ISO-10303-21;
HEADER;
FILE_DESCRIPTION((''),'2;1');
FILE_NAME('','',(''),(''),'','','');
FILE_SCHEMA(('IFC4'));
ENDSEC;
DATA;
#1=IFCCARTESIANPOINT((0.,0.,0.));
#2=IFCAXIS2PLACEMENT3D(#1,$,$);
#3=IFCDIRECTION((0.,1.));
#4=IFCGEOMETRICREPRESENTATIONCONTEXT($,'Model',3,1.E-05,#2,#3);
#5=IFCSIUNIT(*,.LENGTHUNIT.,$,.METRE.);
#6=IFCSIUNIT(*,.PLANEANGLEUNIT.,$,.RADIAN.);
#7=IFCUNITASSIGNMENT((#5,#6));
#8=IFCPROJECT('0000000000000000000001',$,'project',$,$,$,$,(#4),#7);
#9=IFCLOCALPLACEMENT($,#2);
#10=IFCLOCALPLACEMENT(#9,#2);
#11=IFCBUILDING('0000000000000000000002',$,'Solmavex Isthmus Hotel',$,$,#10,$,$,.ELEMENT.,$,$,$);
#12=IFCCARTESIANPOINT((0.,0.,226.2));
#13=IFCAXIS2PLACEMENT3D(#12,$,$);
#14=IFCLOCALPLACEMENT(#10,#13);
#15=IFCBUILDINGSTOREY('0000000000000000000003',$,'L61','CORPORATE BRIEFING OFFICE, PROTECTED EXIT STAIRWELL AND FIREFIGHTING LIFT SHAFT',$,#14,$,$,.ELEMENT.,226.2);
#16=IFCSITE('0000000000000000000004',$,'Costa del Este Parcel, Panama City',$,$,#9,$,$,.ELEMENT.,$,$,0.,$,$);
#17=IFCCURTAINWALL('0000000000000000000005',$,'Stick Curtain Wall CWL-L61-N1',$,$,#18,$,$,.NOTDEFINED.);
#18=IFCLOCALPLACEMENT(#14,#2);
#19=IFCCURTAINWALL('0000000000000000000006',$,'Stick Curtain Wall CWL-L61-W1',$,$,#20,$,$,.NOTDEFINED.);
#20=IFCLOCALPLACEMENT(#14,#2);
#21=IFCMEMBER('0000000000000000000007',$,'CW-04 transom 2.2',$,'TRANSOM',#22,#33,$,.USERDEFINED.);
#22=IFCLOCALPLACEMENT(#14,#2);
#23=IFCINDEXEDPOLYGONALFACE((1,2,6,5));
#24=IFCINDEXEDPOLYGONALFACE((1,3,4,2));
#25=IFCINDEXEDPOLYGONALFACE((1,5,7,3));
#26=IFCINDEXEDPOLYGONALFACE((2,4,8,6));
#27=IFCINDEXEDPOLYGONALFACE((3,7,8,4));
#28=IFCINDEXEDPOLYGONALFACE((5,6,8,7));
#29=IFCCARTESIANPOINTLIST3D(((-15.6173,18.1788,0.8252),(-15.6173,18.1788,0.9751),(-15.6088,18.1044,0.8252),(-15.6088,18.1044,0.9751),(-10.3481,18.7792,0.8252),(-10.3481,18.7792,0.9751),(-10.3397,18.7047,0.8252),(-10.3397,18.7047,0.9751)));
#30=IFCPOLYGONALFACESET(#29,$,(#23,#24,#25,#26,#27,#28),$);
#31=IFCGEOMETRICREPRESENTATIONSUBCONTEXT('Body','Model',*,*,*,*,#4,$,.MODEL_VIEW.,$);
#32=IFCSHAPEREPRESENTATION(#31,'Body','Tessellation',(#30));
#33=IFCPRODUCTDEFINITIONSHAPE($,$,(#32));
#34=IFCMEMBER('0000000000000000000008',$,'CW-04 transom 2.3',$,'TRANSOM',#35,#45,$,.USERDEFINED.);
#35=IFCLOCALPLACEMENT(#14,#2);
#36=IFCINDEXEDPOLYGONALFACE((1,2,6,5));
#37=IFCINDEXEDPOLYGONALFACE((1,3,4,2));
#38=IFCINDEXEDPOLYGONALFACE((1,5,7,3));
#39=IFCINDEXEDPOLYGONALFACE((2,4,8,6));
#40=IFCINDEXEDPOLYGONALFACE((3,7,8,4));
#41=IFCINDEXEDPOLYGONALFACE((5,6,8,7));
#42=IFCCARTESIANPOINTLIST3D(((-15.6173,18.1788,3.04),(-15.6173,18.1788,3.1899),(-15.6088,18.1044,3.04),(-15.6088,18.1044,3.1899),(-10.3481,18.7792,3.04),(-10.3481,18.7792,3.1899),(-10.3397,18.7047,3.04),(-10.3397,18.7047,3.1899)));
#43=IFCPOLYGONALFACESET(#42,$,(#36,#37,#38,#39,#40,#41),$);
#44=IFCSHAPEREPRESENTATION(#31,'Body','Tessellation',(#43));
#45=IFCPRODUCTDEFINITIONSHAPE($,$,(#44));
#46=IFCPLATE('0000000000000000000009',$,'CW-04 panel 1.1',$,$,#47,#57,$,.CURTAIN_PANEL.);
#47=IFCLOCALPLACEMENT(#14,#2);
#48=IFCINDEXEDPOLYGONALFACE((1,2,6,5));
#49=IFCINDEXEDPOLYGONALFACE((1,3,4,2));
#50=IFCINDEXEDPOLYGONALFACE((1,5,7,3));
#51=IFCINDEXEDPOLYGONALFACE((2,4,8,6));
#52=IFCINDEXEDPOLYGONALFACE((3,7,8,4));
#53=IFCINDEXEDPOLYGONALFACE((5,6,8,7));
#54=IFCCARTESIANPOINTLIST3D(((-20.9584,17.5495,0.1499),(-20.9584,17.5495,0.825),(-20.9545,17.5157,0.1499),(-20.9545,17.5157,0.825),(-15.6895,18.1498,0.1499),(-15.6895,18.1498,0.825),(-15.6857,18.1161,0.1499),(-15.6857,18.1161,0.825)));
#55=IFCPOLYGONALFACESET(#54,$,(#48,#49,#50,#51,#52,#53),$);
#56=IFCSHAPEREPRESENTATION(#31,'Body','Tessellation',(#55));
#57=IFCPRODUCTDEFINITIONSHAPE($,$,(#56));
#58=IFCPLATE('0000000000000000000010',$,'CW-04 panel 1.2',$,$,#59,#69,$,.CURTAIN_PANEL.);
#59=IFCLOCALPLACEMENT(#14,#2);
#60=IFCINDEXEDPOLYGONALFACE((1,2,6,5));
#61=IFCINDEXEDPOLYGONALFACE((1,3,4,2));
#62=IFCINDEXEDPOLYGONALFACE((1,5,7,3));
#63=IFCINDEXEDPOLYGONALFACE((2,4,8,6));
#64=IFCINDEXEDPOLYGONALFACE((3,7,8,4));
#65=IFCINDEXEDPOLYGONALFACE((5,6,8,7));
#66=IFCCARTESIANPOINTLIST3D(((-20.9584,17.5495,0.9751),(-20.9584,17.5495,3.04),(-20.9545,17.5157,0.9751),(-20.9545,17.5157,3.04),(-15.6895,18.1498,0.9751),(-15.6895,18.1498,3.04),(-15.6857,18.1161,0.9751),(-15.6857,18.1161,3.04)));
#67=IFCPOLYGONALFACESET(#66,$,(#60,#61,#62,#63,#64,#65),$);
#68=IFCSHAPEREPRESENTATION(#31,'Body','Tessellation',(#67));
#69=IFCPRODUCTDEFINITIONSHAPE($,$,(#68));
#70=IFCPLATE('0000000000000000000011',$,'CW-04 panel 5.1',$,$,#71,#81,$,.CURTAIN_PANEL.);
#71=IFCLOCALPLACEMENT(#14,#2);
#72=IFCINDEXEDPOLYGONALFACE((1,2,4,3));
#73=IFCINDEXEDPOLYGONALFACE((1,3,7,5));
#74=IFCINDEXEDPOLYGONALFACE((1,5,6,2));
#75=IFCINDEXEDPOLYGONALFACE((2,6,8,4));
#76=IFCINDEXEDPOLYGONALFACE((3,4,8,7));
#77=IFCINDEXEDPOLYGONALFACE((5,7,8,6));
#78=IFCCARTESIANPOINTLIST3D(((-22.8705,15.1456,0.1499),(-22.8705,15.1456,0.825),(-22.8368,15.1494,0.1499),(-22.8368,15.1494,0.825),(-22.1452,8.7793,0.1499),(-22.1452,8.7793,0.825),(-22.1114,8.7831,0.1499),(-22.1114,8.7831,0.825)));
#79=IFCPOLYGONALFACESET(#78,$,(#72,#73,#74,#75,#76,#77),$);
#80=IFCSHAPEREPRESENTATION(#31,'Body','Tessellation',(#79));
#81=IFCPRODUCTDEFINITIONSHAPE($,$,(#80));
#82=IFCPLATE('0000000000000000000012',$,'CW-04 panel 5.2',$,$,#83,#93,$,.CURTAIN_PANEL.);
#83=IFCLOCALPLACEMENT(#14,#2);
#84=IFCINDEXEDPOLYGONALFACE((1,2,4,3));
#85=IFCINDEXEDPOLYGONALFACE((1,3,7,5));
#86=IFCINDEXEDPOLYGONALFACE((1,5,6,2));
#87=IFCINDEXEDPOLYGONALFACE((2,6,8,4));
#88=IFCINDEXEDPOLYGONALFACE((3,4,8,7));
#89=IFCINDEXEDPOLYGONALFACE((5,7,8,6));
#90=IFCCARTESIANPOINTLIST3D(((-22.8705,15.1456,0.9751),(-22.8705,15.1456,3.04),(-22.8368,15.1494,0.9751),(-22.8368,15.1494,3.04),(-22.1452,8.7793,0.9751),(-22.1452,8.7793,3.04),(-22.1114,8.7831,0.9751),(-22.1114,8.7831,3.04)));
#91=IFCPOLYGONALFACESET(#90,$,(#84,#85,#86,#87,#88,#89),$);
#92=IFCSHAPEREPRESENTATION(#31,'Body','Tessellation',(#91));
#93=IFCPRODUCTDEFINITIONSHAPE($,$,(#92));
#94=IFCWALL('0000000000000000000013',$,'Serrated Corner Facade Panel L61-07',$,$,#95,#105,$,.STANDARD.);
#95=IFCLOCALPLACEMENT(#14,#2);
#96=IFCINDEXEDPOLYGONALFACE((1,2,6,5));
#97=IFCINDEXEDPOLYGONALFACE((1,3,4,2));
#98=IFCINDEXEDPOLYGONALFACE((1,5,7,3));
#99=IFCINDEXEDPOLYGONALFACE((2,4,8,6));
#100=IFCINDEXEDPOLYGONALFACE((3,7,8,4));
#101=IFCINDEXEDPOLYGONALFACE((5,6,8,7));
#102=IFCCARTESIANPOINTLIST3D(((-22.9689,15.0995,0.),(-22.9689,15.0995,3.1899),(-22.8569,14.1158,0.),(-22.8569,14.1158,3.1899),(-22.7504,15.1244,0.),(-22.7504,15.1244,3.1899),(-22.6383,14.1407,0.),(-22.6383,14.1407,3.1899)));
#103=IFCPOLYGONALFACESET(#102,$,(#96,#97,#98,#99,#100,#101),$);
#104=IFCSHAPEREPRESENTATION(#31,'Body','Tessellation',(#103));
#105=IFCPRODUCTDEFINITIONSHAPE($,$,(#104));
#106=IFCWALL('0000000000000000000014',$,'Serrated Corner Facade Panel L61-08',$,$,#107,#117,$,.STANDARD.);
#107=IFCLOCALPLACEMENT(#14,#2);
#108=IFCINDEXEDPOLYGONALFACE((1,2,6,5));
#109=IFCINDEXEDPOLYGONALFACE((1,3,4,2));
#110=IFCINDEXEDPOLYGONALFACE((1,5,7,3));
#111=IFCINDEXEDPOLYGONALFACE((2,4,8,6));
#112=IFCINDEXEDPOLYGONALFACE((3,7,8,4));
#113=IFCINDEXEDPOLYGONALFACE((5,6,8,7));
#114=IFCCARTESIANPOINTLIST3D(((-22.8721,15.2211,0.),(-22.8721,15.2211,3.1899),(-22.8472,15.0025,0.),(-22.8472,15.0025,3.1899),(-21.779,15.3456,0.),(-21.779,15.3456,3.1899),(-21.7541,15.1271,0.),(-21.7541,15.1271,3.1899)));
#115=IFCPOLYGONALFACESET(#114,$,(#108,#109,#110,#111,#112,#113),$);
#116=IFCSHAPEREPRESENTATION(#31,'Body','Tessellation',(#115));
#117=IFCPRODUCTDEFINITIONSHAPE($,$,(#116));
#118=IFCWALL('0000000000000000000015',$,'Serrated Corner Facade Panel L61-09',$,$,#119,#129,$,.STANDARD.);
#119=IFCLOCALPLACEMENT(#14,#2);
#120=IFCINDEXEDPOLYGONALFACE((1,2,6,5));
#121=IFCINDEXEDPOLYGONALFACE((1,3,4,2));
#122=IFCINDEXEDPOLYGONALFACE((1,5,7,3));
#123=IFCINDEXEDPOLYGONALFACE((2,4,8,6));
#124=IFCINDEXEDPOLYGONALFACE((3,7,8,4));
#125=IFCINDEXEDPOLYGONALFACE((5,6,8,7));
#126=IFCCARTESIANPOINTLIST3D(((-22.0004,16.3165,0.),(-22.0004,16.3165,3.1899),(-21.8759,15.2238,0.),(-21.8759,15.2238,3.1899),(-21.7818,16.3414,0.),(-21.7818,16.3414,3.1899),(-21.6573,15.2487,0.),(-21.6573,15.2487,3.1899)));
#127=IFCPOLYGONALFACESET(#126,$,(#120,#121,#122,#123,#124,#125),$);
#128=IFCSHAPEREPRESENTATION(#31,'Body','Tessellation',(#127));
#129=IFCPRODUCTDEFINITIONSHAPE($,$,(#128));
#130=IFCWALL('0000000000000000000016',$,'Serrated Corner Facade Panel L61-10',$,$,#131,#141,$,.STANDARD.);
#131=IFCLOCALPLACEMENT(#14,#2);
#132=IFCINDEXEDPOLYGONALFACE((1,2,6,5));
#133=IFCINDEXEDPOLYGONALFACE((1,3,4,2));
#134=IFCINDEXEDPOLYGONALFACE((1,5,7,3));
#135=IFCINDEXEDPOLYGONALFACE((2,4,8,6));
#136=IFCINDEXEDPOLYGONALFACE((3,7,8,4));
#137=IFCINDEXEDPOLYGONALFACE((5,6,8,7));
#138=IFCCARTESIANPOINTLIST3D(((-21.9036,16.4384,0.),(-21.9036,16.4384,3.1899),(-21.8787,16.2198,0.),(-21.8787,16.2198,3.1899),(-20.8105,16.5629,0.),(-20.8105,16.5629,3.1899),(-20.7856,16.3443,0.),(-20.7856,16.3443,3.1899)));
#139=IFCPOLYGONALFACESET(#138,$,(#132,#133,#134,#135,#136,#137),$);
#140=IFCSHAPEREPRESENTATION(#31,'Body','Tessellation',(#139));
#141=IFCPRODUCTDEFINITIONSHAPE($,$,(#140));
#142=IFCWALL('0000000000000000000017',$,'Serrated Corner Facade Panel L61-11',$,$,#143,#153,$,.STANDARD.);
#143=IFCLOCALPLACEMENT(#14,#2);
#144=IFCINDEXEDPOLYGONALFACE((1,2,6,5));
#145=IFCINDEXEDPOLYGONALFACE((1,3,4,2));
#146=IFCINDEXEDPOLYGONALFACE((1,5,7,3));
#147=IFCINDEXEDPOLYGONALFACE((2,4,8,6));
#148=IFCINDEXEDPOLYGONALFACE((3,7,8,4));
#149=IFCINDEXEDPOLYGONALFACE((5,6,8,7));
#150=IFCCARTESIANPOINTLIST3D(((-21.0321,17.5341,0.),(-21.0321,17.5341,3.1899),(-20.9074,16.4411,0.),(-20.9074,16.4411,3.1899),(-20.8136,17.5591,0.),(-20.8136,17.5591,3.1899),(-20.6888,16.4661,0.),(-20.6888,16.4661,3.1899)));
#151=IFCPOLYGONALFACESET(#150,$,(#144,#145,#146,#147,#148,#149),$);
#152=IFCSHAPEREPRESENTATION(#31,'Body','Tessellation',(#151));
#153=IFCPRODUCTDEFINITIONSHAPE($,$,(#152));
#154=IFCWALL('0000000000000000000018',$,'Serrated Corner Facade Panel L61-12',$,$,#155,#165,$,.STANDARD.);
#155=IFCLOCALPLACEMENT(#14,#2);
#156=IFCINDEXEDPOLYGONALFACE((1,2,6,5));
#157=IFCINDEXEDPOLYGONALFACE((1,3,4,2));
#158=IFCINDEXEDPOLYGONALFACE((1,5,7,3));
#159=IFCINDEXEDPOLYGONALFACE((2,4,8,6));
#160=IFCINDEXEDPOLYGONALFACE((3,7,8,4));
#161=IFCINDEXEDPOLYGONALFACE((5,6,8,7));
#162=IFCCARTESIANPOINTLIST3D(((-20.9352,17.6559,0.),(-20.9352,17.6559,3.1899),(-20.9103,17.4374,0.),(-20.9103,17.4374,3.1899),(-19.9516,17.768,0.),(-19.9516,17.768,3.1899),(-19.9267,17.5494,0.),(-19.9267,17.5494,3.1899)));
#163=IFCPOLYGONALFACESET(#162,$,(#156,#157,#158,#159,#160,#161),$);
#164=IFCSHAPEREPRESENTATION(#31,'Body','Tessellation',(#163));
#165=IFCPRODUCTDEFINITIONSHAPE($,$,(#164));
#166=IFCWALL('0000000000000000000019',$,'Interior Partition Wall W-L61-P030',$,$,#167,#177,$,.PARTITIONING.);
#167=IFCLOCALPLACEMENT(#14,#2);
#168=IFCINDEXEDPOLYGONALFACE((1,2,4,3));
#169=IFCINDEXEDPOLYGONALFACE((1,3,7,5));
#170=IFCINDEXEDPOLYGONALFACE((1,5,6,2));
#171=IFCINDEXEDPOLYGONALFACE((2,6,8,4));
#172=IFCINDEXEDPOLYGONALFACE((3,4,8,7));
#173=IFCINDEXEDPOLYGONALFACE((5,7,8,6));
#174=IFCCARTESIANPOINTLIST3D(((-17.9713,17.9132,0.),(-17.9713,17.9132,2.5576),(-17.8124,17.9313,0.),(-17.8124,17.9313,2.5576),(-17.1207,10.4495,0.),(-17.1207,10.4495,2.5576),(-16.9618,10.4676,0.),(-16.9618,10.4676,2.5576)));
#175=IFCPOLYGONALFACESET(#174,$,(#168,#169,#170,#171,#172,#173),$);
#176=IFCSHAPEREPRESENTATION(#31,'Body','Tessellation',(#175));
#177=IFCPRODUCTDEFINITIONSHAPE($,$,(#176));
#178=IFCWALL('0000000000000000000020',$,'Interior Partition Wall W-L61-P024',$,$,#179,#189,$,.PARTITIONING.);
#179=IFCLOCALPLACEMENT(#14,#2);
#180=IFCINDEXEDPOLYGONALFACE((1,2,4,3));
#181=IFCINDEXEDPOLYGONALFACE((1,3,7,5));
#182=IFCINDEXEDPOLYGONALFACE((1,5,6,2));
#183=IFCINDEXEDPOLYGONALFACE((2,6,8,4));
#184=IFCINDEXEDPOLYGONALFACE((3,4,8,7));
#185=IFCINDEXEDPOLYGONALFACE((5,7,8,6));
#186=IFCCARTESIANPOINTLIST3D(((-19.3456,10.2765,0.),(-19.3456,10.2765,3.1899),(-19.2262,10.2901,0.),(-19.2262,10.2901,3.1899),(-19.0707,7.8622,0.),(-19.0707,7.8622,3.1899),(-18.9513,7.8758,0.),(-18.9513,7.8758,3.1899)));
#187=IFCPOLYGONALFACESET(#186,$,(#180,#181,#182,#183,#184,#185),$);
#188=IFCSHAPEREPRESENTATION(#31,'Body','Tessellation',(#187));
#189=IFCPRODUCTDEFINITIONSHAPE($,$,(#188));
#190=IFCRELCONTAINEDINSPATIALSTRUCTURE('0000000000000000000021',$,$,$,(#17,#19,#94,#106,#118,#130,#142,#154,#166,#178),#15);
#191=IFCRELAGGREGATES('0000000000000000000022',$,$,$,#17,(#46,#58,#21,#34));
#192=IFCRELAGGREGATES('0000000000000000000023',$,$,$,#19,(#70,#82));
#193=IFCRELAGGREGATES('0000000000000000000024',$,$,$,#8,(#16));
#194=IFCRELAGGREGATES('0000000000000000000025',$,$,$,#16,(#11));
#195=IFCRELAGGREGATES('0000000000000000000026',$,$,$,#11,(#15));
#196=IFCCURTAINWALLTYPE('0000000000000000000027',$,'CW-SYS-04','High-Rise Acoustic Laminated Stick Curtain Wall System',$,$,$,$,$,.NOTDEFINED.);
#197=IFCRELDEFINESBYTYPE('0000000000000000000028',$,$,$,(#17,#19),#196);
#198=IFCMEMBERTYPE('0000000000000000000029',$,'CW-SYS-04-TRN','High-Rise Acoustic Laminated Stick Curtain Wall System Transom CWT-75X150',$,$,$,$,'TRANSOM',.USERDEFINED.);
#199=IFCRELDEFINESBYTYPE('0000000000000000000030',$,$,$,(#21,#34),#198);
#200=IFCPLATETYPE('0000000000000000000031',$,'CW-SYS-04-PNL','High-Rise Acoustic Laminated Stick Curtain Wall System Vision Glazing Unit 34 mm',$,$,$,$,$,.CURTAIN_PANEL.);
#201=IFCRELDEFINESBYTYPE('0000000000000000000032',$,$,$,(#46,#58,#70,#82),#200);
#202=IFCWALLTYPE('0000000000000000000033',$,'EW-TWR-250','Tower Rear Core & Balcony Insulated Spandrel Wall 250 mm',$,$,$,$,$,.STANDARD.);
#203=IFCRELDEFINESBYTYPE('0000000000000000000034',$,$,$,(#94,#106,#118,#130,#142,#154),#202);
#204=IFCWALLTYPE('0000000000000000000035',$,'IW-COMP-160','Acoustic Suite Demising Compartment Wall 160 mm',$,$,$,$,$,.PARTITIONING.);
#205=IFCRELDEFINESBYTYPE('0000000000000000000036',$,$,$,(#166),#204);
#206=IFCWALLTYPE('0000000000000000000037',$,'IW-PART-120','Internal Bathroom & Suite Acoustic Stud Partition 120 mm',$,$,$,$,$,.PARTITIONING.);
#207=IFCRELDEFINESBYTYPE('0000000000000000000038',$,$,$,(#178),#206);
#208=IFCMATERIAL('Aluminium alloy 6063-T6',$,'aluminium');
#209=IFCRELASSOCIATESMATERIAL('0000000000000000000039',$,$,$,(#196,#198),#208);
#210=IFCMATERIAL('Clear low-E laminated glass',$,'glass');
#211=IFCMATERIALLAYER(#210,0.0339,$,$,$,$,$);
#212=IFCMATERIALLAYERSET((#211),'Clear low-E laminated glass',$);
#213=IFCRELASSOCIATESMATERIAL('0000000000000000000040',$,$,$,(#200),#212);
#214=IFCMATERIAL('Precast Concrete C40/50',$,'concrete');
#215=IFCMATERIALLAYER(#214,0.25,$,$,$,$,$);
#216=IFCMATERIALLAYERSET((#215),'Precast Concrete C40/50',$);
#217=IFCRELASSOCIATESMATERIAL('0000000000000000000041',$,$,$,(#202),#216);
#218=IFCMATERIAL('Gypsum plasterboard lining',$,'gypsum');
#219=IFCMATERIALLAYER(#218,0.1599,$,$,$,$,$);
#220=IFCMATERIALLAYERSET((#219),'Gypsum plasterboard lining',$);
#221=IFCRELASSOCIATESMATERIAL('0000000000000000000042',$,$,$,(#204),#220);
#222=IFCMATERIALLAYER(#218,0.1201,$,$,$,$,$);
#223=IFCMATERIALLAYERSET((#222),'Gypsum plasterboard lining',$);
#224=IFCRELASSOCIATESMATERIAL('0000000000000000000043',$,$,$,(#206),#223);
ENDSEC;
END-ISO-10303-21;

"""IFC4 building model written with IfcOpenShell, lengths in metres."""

from ifc_helpers import new_model, si_unit, direction, frame, frame_2d, origin, origin_2d, place, context, subcontext, project, spatial, rectangle, extrude, material, layer, layer_set, material_profile, profile_set, type_object, element, aggregate, save


model = new_model("IFC4")

# Units and contexts
model_context = context("Model", 3, precision=1e-05, world=origin(), true_north=direction((0.0, 1.0)))
body_context = subcontext(model_context, "Body", "Model", "MODEL_VIEW")
ifc_project = project(units=[si_unit("LENGTHUNIT", "METRE"), si_unit("PLANEANGLEUNIT", "RADIAN")], contexts=[model_context])

# Site, building, storey
site_placement = place(None, origin())
site = spatial("IfcSite", under=ifc_project, at=site_placement, Name="Costa del Este Parcel, Panama City", CompositionType="ELEMENT", RefElevation=0.0)
building_placement = place(site_placement, origin())
building = spatial("IfcBuilding", under=site, at=building_placement, Name="Solmavex Isthmus Hotel", CompositionType="ELEMENT")
storey_placement = place(building_placement, frame((0.0, 0.0, 226.2)))
storey = spatial("IfcBuildingStorey", under=building, at=storey_placement, Name="L61", Description="CORPORATE BRIEFING OFFICE, PROTECTED EXIT STAIRWELL AND FIREFIGHTING LIFT SHAFT", CompositionType="ELEMENT", Elevation=226.2)

# Curtain wall
ifc_material_1 = material(Name="Aluminium alloy 6063-T6", Category="aluminium")
curtain_wall_type = type_object("IfcCurtainWallType", Name="CW-SYS-04", Description="High-Rise Acoustic Laminated Stick Curtain Wall System", PredefinedType="NOTDEFINED", material=ifc_material_1)
curtain_wall_1_placement = place(storey_placement, origin())
curtain_wall_1 = element("IfcCurtainWall", 1, at=curtain_wall_1_placement, inside=storey, type_object=curtain_wall_type, Name="Stick Curtain Wall CWL-L61-N1", PredefinedType="NOTDEFINED")

# Curtain wall
curtain_wall_2_placement = place(storey_placement, origin())
curtain_wall_2 = element("IfcCurtainWall", 2, at=curtain_wall_2_placement, inside=storey, type_object=curtain_wall_type, Name="Stick Curtain Wall CWL-L61-W1", PredefinedType="NOTDEFINED")

# Members
ifc_material_profile_1 = material_profile(ifc_material_1, rectangle(XDim=0.075, YDim=0.1499, at=origin_2d()), Name="CWT-75X150")
ifc_profile_set_1 = profile_set([ifc_material_profile_1], Name="Aluminium alloy 6063-T6")
member_type_1 = type_object("IfcMemberType", Name="CW-SYS-04-TRN", Description="High-Rise Acoustic Laminated Stick Curtain Wall System Transom CWT-75X150", ElementType="TRANSOM", PredefinedType="USERDEFINED", material=ifc_profile_set_1)
member_1_placement = place(storey_placement, frame((-15.613, 18.1416, 0.9001), z_axis=(0.993572, 0.113205, 0.0), x_axis=(-0.113205, 0.993572, 0.0)))
member_1 = element("IfcMember", 3, at=member_1_placement, type_object=member_type_1, Name="CW-04 transom 2.2", ObjectType="TRANSOM", PredefinedType="USERDEFINED", context=body_context, shape_type="SweptSolid", body=[
    extrude(rectangle(XDim=0.075, YDim=0.1499, at=origin_2d()), origin(), (0.0, 0.0, 1.0), 5.3032),
])
member_2_placement = place(storey_placement, frame((-15.613, 18.1416, 3.115), z_axis=(0.993572, 0.113205, 0.0), x_axis=(-0.113205, 0.993572, 0.0)))
member_2 = element("IfcMember", 4, at=member_2_placement, type_object=member_type_1, Name="CW-04 transom 2.3", ObjectType="TRANSOM", PredefinedType="USERDEFINED", context=body_context, shape_type="SweptSolid", body=[
    extrude(rectangle(XDim=0.075, YDim=0.1499, at=origin_2d()), origin(), (0.0, 0.0, 1.0), 5.3032),
])

# Plates
ifc_material_2 = material(Name="Clear low-E laminated glass", Category="glass")
ifc_layer_1 = layer(ifc_material_2, 0.0339)
ifc_layer_set_1 = layer_set([ifc_layer_1], Name="Clear low-E laminated glass")
plate_type = type_object("IfcPlateType", Name="CW-SYS-04-PNL", Description="High-Rise Acoustic Laminated Stick Curtain Wall System Vision Glazing Unit 34 mm", PredefinedType="CURTAIN_PANEL", material=ifc_layer_set_1)
plate_1_placement = place(storey_placement, frame((-18.322, 17.8328, 0.1499), z_axis=(0.0, 0.0, 1.0), x_axis=(0.993572, 0.113203, 0.0)))
plate_1 = element("IfcPlate", 5, at=plate_1_placement, type_object=plate_type, Name="CW-04 panel 1.1", PredefinedType="CURTAIN_PANEL", context=body_context, shape_type="SweptSolid", body=[
    extrude(rectangle(XDim=5.303, YDim=0.0339, at=origin_2d()), origin(), (0.0, 0.0, 1.0), 0.675),
])
plate_2_placement = place(storey_placement, frame((-18.322, 17.8328, 0.9751), z_axis=(0.0, 0.0, 1.0), x_axis=(0.993572, 0.113203, 0.0)))
plate_2 = element("IfcPlate", 6, at=plate_2_placement, type_object=plate_type, Name="CW-04 panel 1.2", PredefinedType="CURTAIN_PANEL", context=body_context, shape_type="SweptSolid", body=[
    extrude(rectangle(XDim=5.303, YDim=0.0339, at=origin_2d()), origin(), (0.0, 0.0, 1.0), 2.0649),
])
aggregate(curtain_wall_1, [plate_1, plate_2, member_1, member_2])
plate_3_placement = place(storey_placement, frame((-22.491, 11.9644, 0.1499), z_axis=(0.0, 0.0, 1.0), x_axis=(-0.113203, 0.993572, 0.0)))
plate_3 = element("IfcPlate", 7, at=plate_3_placement, type_object=plate_type, Name="CW-04 panel 5.1", PredefinedType="CURTAIN_PANEL", context=body_context, shape_type="SweptSolid", body=[
    extrude(rectangle(XDim=6.4075, YDim=0.0339, at=origin_2d()), origin(), (0.0, 0.0, 1.0), 0.675),
])
plate_4_placement = place(storey_placement, frame((-22.491, 11.9644, 0.9751), z_axis=(0.0, 0.0, 1.0), x_axis=(-0.113203, 0.993572, 0.0)))
plate_4 = element("IfcPlate", 8, at=plate_4_placement, type_object=plate_type, Name="CW-04 panel 5.2", PredefinedType="CURTAIN_PANEL", context=body_context, shape_type="SweptSolid", body=[
    extrude(rectangle(XDim=6.4075, YDim=0.0339, at=origin_2d()), origin(), (0.0, 0.0, 1.0), 2.0649),
])
aggregate(curtain_wall_2, [plate_3, plate_4])

# Walls
ifc_material_3 = material(Name="Precast Concrete C40/50", Category="concrete")
ifc_layer_2 = layer(ifc_material_3, 0.25)
ifc_layer_set_2 = layer_set([ifc_layer_2], Name="Precast Concrete C40/50")
wall_type_1 = type_object("IfcWallType", Name="EW-TWR-250", Description="Tower Rear Core & Balcony Insulated Spandrel Wall 250 mm", PredefinedType="STANDARD", material=ifc_layer_set_2)
wall_1_placement = place(storey_placement, frame((-22.7476, 14.1282, 0.0), z_axis=(0.0, 0.0, 1.0), x_axis=(-0.113192, 0.993573, 0.0)))
element("IfcWall", 9, at=wall_1_placement, inside=storey, type_object=wall_type_1, Name="Serrated Corner Facade Panel L61-07", PredefinedType="STANDARD", context=body_context, shape_type="SweptSolid", body=[
    extrude(rectangle(XDim=0.99, YDim=0.22, at=frame_2d((0.4951, 0.0))), origin(), (0.0, 0.0, 1.0), 3.1899),
])
wall_2_placement = place(storey_placement, frame((-22.8596, 15.1118, 0.0), z_axis=(0.0, 0.0, 1.0), x_axis=(0.993574, 0.113184, 0.0)))
element("IfcWall", 10, at=wall_2_placement, inside=storey, type_object=wall_type_1, Name="Serrated Corner Facade Panel L61-08", PredefinedType="STANDARD", context=body_context, shape_type="SweptSolid", body=[
    extrude(rectangle(XDim=1.1001, YDim=0.22, at=frame_2d((0.55, 0.0))), origin(), (0.0, 0.0, 1.0), 3.1899),
])
wall_3_placement = place(storey_placement, frame((-21.7666, 15.2363, 0.0), z_axis=(0.0, 0.0, 1.0), x_axis=(-0.113209, 0.993571, 0.0)))
element("IfcWall", 11, at=wall_3_placement, inside=storey, type_object=wall_type_1, Name="Serrated Corner Facade Panel L61-09", PredefinedType="STANDARD", context=body_context, shape_type="SweptSolid", body=[
    extrude(rectangle(XDim=1.0999, YDim=0.22, at=frame_2d((0.5498, 0.0))), origin(), (0.0, 0.0, 1.0), 3.1899),
])
for number, where, z_axis, x_axis, name in (
    (12, (-21.8911, 16.3291, 0.0), (0.0, 0.0, 1.0), (0.993574, 0.113184, 0.0), "Serrated Corner Facade Panel L61-10"),
    (13, (-20.7981, 16.4536, 0.0), (0.0, 0.0, 1.0), (-0.113403, 0.993549, 0.0), "Serrated Corner Facade Panel L61-11"),
):
    element("IfcWall", number, at=place(storey_placement, frame(where, z_axis=z_axis, x_axis=x_axis)), inside=storey, type_object=wall_type_1, Name=name, PredefinedType="STANDARD", context=body_context, shape_type="SweptSolid", body=[
        extrude(rectangle(XDim=1.1001, YDim=0.22, at=frame_2d((0.55, 0.0))), origin(), (0.0, 0.0, 1.0), 3.1899),
    ])
wall_4_placement = place(storey_placement, frame((-20.9229, 17.5466, 0.0), z_axis=(0.0, 0.0, 1.0), x_axis=(0.993573, 0.113192, 0.0)))
element("IfcWall", 14, at=wall_4_placement, inside=storey, type_object=wall_type_1, Name="Serrated Corner Facade Panel L61-12", PredefinedType="STANDARD", context=body_context, shape_type="SweptSolid", body=[
    extrude(rectangle(XDim=0.99, YDim=0.22, at=frame_2d((0.4951, 0.0))), origin(), (0.0, 0.0, 1.0), 3.1899),
])

# Shared definitions
ifc_material_4 = material(Name="Gypsum plasterboard lining", Category="gypsum")
ifc_layer_3 = layer(ifc_material_4, 0.1599)
ifc_layer_set_3 = layer_set([ifc_layer_3], Name="Gypsum plasterboard lining")
wall_type_2 = type_object("IfcWallType", Name="IW-COMP-160", Description="Acoustic Suite Demising Compartment Wall 160 mm", PredefinedType="PARTITIONING", material=ifc_layer_set_3)

# Walls
wall_5_placement = place(storey_placement, frame((-17.8918, 17.9221, 0.0), z_axis=(0.0, 0.0, 1.0), x_axis=(0.113231, -0.993569, 0.0)))
element("IfcWall", 15, at=wall_5_placement, inside=storey, type_object=wall_type_2, Name="Interior Partition Wall W-L61-P030", PredefinedType="PARTITIONING", context=body_context, shape_type="SweptSolid", body=[
    extrude(rectangle(XDim=7.512, YDim=0.1599, at=frame_2d((3.7559, 0.0))), origin(), (0.0, 0.0, 1.0), 2.5576),
])
ifc_layer_4 = layer(ifc_material_4, 0.1201)
ifc_layer_set_4 = layer_set([ifc_layer_4], Name="Gypsum plasterboard lining")
wall_type_3 = type_object("IfcWallType", Name="IW-PART-120", Description="Internal Bathroom & Suite Acoustic Stud Partition 120 mm", PredefinedType="PARTITIONING", material=ifc_layer_set_4)
wall_6_placement = place(storey_placement, frame((-19.2859, 10.2832, 0.0), z_axis=(0.0, 0.0, 1.0), x_axis=(0.113133, -0.99358, 0.0)))
element("IfcWall", 16, at=wall_6_placement, inside=storey, type_object=wall_type_3, Name="Interior Partition Wall W-L61-P024", PredefinedType="PARTITIONING", context=body_context, shape_type="SweptSolid", body=[
    extrude(rectangle(XDim=2.4299, YDim=0.1201, at=frame_2d((1.2148, 0.0))), origin(), (0.0, 0.0, 1.0), 3.1899),
])

save(model, "model.ifc")
